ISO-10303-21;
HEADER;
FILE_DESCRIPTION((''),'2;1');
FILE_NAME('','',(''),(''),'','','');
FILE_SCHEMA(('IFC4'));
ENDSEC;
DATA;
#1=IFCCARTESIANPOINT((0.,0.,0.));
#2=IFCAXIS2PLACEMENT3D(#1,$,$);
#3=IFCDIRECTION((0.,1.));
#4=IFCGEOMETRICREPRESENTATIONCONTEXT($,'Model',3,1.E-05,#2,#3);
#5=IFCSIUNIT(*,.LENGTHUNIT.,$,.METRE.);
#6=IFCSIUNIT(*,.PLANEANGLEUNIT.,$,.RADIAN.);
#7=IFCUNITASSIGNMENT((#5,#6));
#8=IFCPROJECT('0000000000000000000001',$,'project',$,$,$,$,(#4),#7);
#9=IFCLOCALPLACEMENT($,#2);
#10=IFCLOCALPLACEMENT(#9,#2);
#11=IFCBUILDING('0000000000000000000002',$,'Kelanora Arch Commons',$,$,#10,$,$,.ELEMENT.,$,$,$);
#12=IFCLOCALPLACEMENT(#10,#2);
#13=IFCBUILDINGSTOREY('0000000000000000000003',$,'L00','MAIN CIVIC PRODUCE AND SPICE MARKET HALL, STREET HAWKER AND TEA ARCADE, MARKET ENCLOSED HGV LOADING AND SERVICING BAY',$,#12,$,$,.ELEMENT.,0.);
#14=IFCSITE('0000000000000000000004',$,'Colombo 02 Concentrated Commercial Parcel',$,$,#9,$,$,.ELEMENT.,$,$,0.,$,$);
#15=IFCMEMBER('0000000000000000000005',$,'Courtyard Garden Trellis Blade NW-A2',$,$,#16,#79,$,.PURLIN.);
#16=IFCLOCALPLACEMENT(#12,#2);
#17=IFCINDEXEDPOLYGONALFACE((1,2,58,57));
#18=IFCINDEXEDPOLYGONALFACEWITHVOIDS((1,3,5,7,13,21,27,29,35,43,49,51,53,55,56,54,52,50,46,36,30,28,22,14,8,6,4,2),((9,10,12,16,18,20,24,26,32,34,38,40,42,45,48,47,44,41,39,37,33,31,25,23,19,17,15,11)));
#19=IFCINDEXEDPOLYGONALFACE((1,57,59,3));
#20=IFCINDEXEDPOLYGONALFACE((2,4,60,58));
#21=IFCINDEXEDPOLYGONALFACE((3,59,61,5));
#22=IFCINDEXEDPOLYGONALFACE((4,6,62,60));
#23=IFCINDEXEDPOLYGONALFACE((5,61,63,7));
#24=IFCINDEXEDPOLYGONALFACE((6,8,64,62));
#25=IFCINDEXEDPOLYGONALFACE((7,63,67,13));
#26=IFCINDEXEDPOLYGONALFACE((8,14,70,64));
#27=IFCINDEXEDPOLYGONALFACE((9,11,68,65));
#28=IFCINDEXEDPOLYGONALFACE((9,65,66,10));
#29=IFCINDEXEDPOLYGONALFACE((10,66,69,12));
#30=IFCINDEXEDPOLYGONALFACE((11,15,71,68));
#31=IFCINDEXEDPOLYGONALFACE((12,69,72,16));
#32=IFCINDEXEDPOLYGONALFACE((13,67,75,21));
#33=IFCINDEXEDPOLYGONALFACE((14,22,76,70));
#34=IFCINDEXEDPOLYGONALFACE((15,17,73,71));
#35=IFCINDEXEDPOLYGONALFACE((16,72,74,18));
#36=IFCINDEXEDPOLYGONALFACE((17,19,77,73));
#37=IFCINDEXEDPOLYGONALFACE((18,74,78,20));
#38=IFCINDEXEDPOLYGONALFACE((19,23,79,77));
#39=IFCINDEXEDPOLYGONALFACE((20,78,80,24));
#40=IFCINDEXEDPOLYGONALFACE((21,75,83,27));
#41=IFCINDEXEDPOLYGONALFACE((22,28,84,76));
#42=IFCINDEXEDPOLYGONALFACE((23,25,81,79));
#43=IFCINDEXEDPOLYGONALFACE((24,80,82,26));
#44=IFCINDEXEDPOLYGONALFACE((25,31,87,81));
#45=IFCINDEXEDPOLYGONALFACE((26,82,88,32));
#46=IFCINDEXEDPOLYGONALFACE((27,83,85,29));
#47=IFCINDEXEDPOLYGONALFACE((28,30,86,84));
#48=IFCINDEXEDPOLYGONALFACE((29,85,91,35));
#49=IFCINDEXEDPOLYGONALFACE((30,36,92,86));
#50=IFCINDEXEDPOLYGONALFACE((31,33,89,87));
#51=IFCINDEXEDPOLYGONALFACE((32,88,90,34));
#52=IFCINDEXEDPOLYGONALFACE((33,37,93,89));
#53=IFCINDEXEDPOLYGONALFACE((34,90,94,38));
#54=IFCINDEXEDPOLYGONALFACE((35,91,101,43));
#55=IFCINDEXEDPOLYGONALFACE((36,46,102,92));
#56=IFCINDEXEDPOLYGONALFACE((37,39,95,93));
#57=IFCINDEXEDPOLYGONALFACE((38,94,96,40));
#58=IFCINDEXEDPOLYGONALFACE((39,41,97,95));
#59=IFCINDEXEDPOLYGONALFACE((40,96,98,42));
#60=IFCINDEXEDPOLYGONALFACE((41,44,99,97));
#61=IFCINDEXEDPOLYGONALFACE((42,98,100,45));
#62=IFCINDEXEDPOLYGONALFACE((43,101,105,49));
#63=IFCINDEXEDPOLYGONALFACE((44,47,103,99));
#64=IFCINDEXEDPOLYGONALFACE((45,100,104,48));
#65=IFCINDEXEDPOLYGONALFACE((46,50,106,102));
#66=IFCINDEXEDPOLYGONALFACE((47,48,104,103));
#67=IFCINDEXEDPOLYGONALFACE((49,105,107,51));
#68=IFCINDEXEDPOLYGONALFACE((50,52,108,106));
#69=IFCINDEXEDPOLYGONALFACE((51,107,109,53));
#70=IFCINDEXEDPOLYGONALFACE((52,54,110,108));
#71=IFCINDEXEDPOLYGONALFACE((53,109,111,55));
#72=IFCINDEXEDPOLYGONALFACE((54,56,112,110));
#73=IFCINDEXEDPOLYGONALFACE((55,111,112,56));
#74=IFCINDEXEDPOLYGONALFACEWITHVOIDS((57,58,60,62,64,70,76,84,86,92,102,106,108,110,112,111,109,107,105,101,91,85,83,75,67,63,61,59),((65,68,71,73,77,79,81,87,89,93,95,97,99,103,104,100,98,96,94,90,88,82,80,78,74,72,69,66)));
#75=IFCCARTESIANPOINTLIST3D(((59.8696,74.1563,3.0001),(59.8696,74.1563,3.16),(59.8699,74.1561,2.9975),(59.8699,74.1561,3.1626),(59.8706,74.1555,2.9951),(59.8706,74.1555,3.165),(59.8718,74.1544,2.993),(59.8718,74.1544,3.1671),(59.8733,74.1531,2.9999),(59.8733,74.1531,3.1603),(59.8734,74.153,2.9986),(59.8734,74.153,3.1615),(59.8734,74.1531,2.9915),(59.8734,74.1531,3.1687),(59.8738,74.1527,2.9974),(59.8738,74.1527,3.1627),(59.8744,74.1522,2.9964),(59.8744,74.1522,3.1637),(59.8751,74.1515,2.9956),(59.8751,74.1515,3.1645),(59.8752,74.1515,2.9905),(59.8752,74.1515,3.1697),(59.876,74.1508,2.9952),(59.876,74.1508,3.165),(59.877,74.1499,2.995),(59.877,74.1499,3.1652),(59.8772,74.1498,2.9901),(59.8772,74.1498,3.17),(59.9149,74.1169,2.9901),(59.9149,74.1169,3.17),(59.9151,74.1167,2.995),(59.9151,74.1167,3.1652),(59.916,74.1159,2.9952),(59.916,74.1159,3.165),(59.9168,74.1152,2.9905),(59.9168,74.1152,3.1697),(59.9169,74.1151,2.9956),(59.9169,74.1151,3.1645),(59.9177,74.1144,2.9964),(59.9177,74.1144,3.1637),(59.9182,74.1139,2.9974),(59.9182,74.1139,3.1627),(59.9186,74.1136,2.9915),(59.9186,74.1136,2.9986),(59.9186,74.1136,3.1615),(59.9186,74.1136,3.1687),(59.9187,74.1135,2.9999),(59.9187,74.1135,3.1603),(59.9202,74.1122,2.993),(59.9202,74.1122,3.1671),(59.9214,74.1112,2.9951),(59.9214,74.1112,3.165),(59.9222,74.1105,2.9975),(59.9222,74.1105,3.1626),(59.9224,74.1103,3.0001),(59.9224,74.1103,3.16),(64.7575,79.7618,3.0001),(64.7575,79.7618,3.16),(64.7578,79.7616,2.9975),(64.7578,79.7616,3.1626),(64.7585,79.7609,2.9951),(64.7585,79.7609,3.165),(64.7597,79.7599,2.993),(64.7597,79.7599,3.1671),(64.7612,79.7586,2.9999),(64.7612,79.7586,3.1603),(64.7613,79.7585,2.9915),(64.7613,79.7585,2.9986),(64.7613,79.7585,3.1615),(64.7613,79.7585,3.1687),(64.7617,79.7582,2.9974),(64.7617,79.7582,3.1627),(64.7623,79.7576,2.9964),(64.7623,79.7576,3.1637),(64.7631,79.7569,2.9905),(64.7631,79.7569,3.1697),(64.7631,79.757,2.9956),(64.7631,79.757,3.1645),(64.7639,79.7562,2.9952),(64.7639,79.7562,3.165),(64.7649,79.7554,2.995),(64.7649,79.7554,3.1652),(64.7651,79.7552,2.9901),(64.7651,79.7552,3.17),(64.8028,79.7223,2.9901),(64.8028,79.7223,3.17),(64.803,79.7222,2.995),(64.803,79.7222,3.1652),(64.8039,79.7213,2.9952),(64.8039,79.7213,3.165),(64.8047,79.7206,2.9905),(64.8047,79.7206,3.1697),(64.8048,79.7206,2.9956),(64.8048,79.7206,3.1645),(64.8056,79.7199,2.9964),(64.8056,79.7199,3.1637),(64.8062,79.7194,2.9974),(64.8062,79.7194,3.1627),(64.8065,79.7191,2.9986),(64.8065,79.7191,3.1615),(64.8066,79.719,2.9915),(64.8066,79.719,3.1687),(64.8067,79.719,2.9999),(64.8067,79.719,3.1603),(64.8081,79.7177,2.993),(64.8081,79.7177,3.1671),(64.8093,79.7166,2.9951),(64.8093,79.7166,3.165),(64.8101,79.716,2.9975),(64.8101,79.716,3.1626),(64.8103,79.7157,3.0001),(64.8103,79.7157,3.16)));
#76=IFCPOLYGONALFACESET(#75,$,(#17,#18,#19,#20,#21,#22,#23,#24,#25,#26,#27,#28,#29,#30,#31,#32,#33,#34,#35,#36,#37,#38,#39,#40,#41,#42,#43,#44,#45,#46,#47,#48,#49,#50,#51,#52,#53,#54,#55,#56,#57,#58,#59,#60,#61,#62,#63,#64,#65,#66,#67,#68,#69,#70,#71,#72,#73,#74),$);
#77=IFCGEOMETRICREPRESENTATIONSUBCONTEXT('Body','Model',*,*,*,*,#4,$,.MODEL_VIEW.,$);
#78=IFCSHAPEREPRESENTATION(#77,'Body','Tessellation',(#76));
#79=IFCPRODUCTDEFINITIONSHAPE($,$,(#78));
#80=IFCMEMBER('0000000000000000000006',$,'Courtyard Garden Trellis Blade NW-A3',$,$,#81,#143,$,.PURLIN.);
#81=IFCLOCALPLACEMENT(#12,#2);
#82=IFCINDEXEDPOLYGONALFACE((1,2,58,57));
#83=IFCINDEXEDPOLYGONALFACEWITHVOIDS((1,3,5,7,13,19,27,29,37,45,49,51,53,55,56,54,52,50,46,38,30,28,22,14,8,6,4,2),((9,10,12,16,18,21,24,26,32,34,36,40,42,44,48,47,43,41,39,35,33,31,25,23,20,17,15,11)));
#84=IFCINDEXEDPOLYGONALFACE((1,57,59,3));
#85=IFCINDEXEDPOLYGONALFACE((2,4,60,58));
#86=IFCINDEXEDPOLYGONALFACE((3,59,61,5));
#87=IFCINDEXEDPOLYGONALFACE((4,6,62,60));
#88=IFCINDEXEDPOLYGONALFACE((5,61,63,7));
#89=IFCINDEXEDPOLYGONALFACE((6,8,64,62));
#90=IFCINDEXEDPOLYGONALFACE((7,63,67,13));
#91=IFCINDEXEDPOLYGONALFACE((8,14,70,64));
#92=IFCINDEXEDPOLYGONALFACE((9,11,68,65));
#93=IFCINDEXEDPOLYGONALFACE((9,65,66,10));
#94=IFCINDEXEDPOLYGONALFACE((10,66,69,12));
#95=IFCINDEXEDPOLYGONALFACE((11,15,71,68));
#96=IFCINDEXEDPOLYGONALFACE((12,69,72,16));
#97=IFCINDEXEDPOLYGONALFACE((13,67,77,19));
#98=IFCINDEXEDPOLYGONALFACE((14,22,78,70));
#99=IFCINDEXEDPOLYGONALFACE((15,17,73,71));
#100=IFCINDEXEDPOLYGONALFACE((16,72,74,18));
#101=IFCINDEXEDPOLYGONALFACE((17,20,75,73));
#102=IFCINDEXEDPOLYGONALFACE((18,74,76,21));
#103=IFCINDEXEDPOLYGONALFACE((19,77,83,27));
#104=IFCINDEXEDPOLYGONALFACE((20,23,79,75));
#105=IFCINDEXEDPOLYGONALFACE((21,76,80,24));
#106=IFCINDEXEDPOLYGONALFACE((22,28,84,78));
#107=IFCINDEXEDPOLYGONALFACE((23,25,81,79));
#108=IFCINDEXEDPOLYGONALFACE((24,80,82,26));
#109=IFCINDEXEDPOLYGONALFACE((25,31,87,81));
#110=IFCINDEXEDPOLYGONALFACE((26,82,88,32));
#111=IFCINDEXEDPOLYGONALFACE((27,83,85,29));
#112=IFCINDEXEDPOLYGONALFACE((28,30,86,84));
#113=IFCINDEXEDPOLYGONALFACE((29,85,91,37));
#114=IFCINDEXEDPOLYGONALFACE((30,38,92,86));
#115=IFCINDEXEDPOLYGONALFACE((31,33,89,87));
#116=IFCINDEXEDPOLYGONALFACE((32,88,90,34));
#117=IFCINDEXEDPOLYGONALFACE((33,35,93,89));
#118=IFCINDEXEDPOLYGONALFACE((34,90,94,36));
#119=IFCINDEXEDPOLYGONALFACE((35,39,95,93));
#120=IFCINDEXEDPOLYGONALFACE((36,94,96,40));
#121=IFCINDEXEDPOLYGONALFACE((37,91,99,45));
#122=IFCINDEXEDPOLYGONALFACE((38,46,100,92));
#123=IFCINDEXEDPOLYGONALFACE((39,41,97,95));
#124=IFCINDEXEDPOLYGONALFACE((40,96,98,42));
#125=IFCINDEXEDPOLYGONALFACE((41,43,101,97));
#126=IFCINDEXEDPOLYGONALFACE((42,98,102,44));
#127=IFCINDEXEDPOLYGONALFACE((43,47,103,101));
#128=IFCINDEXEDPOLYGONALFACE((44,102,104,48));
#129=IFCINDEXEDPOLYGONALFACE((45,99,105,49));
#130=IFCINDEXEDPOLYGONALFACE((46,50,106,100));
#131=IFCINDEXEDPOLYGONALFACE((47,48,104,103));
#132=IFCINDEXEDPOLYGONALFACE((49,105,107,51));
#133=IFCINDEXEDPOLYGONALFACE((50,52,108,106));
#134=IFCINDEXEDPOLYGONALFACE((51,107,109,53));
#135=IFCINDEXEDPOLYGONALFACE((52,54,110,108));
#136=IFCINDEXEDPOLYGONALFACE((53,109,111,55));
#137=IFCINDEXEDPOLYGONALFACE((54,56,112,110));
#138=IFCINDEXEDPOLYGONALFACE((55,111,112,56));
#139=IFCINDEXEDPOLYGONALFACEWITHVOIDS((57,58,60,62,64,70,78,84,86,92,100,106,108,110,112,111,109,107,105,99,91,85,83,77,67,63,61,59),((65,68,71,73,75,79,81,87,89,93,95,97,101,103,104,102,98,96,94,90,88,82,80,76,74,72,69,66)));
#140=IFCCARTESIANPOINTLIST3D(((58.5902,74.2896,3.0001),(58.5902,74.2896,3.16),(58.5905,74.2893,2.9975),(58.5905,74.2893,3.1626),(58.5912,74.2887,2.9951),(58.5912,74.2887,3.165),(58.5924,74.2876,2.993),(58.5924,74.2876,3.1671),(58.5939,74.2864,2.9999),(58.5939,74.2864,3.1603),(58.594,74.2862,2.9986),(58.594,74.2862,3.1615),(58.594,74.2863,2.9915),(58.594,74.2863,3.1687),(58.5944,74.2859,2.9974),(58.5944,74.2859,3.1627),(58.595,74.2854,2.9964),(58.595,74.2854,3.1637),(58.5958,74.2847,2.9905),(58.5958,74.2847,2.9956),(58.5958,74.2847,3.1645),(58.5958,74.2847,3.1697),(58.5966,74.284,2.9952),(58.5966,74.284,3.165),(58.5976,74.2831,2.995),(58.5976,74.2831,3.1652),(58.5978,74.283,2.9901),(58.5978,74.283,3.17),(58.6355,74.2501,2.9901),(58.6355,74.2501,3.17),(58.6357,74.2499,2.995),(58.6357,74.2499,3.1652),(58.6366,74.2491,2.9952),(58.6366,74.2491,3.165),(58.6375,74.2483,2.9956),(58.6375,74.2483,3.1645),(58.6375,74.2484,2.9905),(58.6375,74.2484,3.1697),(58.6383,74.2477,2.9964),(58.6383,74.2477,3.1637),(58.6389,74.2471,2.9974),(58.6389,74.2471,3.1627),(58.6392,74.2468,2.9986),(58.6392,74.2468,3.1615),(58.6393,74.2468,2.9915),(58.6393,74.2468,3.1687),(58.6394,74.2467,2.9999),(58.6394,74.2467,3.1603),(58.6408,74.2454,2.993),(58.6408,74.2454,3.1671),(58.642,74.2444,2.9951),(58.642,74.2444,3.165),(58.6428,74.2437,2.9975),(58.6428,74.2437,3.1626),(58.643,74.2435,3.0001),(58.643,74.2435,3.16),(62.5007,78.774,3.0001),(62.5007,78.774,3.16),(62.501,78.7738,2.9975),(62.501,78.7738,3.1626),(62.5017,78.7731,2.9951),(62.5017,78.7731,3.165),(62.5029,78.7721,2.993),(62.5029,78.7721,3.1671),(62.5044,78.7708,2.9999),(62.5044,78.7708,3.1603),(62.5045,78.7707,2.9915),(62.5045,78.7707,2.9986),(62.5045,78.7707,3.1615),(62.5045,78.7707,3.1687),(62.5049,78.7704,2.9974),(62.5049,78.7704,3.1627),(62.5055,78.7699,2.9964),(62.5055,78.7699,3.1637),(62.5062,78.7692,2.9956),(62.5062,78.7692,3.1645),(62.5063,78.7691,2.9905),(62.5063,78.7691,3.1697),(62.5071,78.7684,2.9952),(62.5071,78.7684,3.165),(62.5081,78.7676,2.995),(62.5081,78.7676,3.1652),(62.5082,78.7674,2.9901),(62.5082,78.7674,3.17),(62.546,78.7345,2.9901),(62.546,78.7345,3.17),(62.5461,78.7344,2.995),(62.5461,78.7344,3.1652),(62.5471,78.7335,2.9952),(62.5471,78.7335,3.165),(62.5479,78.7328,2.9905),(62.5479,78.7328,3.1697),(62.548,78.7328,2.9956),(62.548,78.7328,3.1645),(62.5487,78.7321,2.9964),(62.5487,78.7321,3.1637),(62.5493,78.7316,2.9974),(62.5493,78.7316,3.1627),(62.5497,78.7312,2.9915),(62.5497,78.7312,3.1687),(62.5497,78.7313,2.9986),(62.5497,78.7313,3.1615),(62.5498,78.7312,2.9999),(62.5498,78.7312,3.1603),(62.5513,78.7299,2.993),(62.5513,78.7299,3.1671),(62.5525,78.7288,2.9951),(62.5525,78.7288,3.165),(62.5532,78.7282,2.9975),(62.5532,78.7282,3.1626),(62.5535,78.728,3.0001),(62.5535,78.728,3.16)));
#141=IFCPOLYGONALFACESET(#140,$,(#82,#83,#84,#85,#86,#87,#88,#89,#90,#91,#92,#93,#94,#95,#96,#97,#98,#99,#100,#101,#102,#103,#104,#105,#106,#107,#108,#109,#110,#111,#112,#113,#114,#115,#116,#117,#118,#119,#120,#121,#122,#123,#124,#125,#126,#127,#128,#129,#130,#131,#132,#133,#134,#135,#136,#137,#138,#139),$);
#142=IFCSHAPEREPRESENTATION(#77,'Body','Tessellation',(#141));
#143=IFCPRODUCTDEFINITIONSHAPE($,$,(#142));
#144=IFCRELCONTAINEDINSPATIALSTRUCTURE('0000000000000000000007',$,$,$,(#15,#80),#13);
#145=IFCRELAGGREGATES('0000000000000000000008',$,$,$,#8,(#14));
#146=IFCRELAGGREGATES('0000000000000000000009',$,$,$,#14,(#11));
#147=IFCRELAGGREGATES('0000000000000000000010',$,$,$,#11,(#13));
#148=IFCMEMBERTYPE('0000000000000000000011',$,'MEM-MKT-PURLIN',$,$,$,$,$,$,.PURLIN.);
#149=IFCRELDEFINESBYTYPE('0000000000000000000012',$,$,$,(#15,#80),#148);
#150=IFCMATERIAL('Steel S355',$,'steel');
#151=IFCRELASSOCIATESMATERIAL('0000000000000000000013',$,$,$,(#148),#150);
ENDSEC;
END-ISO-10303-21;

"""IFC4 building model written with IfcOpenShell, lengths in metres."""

from ifc_helpers import new_model, si_unit, direction, frame, origin, origin_2d, place, context, subcontext, project, spatial, hollow_rectangle, extrude, material, material_profile, profile_set, type_object, element, save


model = new_model("IFC4")

# Units and contexts
model_context = context("Model", 3, precision=1e-05, world=origin(), true_north=direction((0.0, 1.0)))
body_context = subcontext(model_context, "Body", "Model", "MODEL_VIEW")
ifc_project = project(units=[si_unit("LENGTHUNIT", "METRE"), si_unit("PLANEANGLEUNIT", "RADIAN")], contexts=[model_context])

# Site, building, storey
site_placement = place(None, origin())
site = spatial("IfcSite", under=ifc_project, at=site_placement, Name="Colombo 02 Concentrated Commercial Parcel", CompositionType="ELEMENT", RefElevation=0.0)
building_placement = place(site_placement, origin())
building = spatial("IfcBuilding", under=site, at=building_placement, Name="Kelanora Arch Commons", CompositionType="ELEMENT")
storey_placement = place(building_placement, origin())
storey = spatial("IfcBuildingStorey", under=building, at=storey_placement, Name="L00", Description="MAIN CIVIC PRODUCE AND SPICE MARKET HALL, STREET HAWKER AND TEA ARCADE, MARKET ENCLOSED HGV LOADING AND SERVICING BAY", CompositionType="ELEMENT", Elevation=0.0)

# Shared definitions
ifc_material_1 = material(Name="Steel S355", Category="steel")

# Members
ifc_material_profile_1 = material_profile(ifc_material_1, hollow_rectangle(XDim=0.0701, YDim=0.1799, WallThickness=0.0049, InnerFilletRadius=0.0049, OuterFilletRadius=0.01, at=origin_2d()), Name="RHS180x70x5")
ifc_profile_set_1 = profile_set([ifc_material_profile_1], Name="Steel S355")
member_type_1 = type_object("IfcMemberType", Name="MEM-MKT-PURLIN", PredefinedType="PURLIN", material=ifc_profile_set_1)
member_1_placement = place(storey_placement, frame((64.7839, 79.7388, 3.0801), z_axis=(-0.657221, -0.753698, 0.0), x_axis=(0.753698, -0.657221, 0.0)))
element("IfcMember", 1, at=member_1_placement, inside=storey, type_object=member_type_1, Name="Courtyard Garden Trellis Blade NW-A2", PredefinedType="PURLIN", context=body_context, shape_type="SweptSolid", body=[
    extrude(hollow_rectangle(XDim=0.0701, YDim=0.1799, WallThickness=0.0049, InnerFilletRadius=0.0049, OuterFilletRadius=0.01, at=origin_2d()), origin(), (0.0, 0.0, 1.0), 7.4373),
])
member_2_placement = place(storey_placement, frame((62.5271, 78.751, 3.0801), z_axis=(-0.657225, -0.753694, 0.0), x_axis=(0.753694, -0.657225, 0.0)))
element("IfcMember", 2, at=member_2_placement, inside=storey, type_object=member_type_1, Name="Courtyard Garden Trellis Blade NW-A3", PredefinedType="PURLIN", context=body_context, shape_type="SweptSolid", body=[
    extrude(hollow_rectangle(XDim=0.0701, YDim=0.1799, WallThickness=0.0049, InnerFilletRadius=0.0049, OuterFilletRadius=0.01, at=origin_2d()), origin(), (0.0, 0.0, 1.0), 5.95),
])

save(model, "model.ifc")
